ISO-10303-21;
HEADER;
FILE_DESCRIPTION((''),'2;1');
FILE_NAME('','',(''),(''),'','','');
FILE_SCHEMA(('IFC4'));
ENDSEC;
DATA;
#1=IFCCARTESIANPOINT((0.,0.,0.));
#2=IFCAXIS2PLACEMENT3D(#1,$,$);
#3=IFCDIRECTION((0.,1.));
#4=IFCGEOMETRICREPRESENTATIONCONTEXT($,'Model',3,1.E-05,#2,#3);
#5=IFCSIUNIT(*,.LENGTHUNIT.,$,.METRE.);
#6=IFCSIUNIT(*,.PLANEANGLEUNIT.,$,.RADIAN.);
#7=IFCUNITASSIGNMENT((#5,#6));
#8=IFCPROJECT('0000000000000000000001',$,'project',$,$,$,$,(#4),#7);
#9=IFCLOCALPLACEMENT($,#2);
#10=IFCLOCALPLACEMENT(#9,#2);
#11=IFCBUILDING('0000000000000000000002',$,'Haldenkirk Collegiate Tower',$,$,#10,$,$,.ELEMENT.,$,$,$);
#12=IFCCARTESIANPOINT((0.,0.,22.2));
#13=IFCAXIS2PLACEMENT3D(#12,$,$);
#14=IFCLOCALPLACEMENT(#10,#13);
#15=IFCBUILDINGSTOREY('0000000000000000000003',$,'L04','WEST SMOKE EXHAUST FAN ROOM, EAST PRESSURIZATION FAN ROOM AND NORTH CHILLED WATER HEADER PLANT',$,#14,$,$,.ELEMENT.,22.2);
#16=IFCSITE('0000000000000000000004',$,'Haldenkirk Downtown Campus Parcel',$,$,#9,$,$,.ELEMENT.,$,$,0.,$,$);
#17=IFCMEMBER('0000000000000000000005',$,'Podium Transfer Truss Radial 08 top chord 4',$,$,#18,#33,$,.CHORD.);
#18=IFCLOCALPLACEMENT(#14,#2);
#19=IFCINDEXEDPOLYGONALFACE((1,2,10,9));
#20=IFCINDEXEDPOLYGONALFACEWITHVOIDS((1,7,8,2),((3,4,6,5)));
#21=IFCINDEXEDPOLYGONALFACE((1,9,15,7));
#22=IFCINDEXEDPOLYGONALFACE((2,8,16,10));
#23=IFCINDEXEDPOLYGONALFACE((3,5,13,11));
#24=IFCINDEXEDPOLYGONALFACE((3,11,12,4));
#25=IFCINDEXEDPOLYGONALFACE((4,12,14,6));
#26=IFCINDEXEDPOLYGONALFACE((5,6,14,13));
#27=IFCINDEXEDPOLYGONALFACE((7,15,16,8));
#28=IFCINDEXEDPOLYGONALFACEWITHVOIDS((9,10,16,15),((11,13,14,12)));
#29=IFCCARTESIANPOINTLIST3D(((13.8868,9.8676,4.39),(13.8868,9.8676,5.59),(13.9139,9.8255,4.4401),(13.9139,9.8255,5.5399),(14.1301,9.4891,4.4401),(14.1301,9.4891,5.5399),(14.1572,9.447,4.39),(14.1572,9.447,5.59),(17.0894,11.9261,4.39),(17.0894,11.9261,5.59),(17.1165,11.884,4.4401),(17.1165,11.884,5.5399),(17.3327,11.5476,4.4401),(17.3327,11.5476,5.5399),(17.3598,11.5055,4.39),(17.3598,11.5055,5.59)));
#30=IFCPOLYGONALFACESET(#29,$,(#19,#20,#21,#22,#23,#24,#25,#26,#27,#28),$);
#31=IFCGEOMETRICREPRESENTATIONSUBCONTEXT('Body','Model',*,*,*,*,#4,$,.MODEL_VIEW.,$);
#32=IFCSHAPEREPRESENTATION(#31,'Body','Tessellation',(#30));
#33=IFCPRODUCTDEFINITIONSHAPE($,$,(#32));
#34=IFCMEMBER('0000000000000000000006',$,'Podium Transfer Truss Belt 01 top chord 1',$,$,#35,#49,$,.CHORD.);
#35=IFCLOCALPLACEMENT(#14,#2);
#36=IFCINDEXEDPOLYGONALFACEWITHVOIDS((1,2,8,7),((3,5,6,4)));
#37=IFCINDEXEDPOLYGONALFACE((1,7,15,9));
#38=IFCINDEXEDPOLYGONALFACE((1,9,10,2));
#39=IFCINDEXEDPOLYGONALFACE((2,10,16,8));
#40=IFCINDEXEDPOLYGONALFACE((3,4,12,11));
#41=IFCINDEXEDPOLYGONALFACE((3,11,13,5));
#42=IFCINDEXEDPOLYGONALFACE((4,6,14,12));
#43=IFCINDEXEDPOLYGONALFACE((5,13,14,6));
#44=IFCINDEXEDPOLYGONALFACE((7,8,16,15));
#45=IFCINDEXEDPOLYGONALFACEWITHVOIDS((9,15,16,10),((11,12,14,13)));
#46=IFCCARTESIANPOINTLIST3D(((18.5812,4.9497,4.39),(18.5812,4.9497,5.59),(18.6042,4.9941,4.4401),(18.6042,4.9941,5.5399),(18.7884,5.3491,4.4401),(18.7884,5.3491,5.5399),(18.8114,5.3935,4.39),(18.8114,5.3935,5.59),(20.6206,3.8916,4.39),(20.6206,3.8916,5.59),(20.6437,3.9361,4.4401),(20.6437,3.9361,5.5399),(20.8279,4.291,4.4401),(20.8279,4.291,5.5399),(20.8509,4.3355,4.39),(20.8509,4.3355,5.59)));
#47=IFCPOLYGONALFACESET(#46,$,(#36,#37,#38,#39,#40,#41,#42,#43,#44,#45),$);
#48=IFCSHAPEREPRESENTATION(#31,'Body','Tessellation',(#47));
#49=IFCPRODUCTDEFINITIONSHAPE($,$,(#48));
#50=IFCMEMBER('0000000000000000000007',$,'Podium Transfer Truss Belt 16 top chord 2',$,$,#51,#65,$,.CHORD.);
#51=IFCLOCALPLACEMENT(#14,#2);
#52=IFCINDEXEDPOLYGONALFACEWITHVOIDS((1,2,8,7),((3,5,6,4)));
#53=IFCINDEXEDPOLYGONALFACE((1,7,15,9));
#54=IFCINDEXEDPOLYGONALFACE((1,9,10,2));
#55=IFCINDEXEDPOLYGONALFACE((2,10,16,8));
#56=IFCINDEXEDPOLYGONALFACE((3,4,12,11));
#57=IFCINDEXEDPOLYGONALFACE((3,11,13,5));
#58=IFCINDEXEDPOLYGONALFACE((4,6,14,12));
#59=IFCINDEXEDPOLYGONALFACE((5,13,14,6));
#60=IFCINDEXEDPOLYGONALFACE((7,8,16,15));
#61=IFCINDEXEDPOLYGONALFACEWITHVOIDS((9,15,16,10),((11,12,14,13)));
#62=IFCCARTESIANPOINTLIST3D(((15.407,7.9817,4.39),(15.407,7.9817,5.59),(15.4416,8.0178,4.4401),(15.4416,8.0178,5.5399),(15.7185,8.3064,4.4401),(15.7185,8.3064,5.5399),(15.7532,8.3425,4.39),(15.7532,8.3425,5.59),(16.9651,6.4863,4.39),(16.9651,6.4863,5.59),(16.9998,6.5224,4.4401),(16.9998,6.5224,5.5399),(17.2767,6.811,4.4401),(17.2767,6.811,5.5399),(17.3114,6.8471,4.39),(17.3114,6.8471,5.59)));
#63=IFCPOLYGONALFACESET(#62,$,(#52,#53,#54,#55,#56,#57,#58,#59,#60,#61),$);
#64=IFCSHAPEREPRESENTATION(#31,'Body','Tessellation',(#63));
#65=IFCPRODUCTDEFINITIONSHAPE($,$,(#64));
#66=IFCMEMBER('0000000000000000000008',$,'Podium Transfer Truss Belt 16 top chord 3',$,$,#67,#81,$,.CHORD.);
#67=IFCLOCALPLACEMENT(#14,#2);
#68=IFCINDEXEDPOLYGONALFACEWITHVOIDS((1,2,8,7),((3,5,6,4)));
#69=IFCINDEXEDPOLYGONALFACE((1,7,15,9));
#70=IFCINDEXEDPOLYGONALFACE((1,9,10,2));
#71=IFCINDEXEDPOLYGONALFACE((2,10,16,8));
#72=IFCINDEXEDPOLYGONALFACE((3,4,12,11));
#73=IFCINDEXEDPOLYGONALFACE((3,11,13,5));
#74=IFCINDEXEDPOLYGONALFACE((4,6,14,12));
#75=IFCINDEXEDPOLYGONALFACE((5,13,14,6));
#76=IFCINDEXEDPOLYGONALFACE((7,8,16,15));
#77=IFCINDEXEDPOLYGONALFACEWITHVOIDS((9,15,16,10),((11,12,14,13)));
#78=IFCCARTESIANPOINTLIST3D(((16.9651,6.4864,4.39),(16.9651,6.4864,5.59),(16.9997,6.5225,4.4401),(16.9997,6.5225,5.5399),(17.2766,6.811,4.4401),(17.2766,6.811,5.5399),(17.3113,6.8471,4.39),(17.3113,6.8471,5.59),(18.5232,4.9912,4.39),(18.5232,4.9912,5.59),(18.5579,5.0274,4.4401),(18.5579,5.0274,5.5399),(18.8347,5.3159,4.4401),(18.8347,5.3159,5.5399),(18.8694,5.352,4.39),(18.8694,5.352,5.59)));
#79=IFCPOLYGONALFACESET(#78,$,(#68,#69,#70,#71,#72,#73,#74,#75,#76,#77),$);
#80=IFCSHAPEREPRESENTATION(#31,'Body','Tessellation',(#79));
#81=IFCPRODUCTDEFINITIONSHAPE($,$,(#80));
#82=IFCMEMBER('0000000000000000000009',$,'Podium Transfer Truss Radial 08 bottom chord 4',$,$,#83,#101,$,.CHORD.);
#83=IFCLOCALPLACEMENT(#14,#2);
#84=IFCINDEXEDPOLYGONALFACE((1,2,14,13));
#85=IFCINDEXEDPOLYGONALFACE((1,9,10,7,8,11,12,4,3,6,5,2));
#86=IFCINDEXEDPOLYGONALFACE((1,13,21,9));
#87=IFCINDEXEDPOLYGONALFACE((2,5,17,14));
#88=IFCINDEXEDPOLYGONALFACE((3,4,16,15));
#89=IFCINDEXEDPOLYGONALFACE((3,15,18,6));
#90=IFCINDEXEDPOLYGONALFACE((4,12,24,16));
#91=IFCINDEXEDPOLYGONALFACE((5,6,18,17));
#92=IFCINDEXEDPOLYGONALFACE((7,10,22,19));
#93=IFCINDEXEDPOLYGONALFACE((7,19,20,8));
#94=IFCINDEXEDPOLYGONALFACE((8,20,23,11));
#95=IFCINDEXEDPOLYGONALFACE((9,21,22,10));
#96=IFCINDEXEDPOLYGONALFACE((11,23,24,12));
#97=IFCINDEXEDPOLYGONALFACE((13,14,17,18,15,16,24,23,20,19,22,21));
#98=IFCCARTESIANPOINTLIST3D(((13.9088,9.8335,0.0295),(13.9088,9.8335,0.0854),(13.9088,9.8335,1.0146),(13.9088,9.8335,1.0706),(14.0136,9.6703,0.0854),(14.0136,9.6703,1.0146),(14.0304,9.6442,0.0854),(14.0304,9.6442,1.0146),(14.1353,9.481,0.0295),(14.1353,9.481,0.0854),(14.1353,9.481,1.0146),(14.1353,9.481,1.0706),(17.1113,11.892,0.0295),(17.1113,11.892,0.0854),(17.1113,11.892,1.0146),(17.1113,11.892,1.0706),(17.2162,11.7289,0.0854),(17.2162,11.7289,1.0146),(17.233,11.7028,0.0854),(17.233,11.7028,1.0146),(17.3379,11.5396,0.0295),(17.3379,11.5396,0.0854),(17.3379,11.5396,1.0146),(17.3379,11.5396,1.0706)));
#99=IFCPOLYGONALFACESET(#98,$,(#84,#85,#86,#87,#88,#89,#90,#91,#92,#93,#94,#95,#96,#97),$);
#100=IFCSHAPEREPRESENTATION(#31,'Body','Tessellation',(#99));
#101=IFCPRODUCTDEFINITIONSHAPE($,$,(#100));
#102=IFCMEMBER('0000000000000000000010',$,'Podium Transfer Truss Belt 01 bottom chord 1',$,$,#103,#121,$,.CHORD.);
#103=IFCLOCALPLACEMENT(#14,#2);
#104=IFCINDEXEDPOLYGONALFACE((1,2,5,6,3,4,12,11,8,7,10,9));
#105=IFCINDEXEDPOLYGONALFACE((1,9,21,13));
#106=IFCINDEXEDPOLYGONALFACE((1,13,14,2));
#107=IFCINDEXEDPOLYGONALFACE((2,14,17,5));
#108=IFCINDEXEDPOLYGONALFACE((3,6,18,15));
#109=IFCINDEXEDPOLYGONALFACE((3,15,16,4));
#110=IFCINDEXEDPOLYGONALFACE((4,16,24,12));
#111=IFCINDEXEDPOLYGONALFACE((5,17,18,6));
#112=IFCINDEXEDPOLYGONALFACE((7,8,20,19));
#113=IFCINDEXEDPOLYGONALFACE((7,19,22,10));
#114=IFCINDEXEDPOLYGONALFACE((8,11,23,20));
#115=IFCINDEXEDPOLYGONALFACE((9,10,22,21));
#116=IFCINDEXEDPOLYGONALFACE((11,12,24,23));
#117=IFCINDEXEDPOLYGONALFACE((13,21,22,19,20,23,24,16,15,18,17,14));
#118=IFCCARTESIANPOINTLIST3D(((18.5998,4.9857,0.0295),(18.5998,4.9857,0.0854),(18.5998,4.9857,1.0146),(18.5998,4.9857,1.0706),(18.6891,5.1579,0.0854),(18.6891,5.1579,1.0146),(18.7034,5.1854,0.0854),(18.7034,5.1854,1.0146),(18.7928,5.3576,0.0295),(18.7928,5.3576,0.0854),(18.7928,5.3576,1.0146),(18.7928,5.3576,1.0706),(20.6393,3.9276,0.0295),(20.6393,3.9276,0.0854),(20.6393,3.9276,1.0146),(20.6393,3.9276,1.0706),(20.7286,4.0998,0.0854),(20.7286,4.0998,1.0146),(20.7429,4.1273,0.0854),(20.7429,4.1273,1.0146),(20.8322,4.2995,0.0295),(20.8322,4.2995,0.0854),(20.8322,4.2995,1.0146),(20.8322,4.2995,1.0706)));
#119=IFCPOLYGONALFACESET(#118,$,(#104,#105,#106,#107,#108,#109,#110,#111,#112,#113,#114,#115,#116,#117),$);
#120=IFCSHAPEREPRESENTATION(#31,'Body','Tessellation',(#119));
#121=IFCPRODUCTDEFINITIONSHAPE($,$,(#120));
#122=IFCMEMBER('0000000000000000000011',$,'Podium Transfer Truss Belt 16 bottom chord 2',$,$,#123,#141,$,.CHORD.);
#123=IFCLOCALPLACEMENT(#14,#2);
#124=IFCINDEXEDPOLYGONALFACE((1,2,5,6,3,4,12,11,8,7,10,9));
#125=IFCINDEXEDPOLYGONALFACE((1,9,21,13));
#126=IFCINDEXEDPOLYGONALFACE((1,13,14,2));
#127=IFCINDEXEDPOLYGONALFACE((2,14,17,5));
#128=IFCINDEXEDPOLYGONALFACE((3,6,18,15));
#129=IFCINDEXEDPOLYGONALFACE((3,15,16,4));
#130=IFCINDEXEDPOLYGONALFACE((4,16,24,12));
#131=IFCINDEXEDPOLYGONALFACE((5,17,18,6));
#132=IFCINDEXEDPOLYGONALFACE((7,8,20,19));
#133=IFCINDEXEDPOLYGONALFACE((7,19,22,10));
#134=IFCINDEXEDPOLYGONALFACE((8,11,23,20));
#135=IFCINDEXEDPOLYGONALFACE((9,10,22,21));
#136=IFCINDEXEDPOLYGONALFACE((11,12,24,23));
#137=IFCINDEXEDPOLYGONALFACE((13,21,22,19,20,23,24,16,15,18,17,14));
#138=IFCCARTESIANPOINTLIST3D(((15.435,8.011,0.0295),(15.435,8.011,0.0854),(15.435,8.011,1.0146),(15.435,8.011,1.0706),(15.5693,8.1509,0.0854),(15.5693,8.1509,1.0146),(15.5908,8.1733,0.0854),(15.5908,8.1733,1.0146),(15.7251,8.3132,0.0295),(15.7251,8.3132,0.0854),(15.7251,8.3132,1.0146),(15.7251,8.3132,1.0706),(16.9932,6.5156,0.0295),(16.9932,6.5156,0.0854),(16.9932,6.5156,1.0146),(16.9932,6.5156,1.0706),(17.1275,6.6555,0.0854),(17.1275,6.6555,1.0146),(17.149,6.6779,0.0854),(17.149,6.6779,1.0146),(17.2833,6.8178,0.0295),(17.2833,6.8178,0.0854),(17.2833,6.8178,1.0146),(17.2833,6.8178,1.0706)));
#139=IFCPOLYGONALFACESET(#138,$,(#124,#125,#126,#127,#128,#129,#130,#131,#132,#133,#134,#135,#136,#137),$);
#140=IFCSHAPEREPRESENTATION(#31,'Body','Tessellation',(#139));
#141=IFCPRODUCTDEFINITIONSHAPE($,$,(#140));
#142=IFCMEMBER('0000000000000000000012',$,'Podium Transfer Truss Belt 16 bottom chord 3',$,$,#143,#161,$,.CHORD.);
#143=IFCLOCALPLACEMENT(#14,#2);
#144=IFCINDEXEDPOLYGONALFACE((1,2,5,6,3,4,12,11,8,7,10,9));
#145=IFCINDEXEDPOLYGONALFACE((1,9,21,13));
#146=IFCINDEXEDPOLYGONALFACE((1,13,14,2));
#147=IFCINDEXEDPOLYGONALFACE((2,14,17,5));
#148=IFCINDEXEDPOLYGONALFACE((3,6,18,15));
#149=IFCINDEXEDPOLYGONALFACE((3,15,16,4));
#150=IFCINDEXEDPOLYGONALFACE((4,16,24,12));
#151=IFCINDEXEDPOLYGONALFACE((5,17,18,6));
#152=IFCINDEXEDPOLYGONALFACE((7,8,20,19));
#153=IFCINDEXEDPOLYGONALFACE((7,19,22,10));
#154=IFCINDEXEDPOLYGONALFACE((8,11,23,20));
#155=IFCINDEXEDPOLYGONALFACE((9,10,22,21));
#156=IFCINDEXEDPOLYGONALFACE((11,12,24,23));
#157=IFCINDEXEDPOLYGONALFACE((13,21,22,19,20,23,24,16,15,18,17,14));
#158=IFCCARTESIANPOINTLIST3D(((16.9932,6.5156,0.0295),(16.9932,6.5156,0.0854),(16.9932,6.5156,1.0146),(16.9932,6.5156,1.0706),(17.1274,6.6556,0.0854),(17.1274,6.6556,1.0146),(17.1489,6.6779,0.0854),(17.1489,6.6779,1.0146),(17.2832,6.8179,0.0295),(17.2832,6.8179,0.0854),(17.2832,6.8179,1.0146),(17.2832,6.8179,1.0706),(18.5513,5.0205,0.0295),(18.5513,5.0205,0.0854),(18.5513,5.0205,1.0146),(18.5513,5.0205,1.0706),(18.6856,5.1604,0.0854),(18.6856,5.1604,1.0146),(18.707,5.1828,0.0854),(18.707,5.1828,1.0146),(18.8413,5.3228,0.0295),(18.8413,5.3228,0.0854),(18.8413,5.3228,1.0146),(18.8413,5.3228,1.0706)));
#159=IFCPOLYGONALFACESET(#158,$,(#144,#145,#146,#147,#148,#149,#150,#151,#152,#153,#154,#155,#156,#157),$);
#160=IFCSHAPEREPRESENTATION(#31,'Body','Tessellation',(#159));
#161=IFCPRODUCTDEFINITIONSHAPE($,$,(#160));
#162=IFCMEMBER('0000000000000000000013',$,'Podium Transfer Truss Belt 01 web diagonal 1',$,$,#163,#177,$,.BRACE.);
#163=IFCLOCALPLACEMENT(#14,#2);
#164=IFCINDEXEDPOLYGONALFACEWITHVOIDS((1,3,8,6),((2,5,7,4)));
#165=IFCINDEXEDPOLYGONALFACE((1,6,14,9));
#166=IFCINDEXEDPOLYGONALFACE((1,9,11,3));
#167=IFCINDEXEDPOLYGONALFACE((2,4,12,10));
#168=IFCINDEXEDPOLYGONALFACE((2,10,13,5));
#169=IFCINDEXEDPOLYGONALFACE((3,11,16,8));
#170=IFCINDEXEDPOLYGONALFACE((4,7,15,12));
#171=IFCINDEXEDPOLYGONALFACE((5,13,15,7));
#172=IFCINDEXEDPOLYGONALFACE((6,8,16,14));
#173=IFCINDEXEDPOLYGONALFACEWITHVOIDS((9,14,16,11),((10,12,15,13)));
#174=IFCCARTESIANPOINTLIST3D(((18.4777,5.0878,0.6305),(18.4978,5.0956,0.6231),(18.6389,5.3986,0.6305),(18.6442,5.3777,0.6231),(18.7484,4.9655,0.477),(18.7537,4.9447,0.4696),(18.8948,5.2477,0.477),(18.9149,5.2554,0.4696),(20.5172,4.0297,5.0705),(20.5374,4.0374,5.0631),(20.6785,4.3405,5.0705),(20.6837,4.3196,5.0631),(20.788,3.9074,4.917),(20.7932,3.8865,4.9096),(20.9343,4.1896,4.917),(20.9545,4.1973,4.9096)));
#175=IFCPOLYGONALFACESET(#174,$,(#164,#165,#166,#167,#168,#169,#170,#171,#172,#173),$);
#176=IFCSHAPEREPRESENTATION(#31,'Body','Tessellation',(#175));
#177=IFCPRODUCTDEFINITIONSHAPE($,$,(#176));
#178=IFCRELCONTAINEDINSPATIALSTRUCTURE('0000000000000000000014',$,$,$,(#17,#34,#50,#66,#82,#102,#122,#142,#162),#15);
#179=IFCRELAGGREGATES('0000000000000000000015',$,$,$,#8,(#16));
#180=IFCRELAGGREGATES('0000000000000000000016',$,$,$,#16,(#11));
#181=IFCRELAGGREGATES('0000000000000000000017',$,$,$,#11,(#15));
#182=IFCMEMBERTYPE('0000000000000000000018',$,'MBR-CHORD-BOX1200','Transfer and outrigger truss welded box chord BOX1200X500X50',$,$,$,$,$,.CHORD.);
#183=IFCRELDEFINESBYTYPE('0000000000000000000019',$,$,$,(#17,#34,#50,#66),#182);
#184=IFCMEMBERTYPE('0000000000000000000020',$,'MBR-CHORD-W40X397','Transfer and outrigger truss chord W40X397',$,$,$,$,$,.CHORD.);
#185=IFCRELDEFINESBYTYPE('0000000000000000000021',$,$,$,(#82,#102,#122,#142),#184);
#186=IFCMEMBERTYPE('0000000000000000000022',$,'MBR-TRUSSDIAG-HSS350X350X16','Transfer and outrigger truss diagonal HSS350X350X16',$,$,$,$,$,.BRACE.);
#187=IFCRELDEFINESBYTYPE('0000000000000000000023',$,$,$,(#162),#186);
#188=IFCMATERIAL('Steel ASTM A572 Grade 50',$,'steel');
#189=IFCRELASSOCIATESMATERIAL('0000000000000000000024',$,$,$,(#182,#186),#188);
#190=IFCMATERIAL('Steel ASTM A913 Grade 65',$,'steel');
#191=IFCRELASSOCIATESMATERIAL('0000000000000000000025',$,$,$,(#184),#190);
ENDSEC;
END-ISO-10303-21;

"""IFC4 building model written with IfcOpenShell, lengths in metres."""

from ifc_helpers import new_model, si_unit, direction, frame, origin, origin_2d, place, context, subcontext, project, spatial, hollow_rectangle, i_section, extrude, material, material_profile, profile_set, type_object, element, save


model = new_model("IFC4")

# Units and contexts
model_context = context("Model", 3, precision=1e-05, world=origin(), true_north=direction((0.0, 1.0)))
body_context = subcontext(model_context, "Body", "Model", "MODEL_VIEW")
ifc_project = project(units=[si_unit("LENGTHUNIT", "METRE"), si_unit("PLANEANGLEUNIT", "RADIAN")], contexts=[model_context])

# Site, building, storey
site_placement = place(None, origin())
site = spatial("IfcSite", under=ifc_project, at=site_placement, Name="Haldenkirk Downtown Campus Parcel", CompositionType="ELEMENT", RefElevation=0.0)
building_placement = place(site_placement, origin())
building = spatial("IfcBuilding", under=site, at=building_placement, Name="Haldenkirk Collegiate Tower", CompositionType="ELEMENT")
storey_placement = place(building_placement, frame((0.0, 0.0, 22.2)))
storey = spatial("IfcBuildingStorey", under=building, at=storey_placement, Name="L04", Description="WEST SMOKE EXHAUST FAN ROOM, EAST PRESSURIZATION FAN ROOM AND NORTH CHILLED WATER HEADER PLANT", CompositionType="ELEMENT", Elevation=22.2)

# Members
ifc_material_1 = material(Name="Steel ASTM A572 Grade 50", Category="steel")
ifc_material_profile_1 = material_profile(ifc_material_1, hollow_rectangle(XDim=0.5, YDim=1.2, WallThickness=0.05, at=origin_2d()), Name="BOX1200X500X50")
ifc_profile_set_1 = profile_set([ifc_material_profile_1], Name="Steel ASTM A572 Grade 50")
member_type_1 = type_object("IfcMemberType", Name="MBR-CHORD-BOX1200", Description="Transfer and outrigger truss welded box chord BOX1200X500X50", PredefinedType="CHORD", material=ifc_profile_set_1)
member_1_placement = place(storey_placement, frame((17.2246, 11.7158, 4.99), z_axis=(-0.841208, -0.540712, 0.0), x_axis=(0.540712, -0.841208, 0.0)))
element("IfcMember", 1, at=member_1_placement, inside=storey, type_object=member_type_1, Name="Podium Transfer Truss Radial 08 top chord 4", PredefinedType="CHORD", context=body_context, shape_type="SweptSolid", body=[
    extrude(hollow_rectangle(XDim=0.5, YDim=1.2, WallThickness=0.05, at=origin_2d()), origin(), (0.0, 0.0, 1.0), 3.8071),
])
member_2_placement = place(storey_placement, frame((18.6963, 5.1716, 4.99), z_axis=(0.887655, -0.460509, 0.0), x_axis=(0.460509, 0.887655, 0.0)))
element("IfcMember", 2, at=member_2_placement, inside=storey, type_object=member_type_1, Name="Podium Transfer Truss Belt 01 top chord 1", PredefinedType="CHORD", context=body_context, shape_type="SweptSolid", body=[
    extrude(hollow_rectangle(XDim=0.5, YDim=1.2, WallThickness=0.05, at=origin_2d()), origin(), (0.0, 0.0, 1.0), 2.2976),
])
member_3_placement = place(storey_placement, frame((15.5801, 8.1621, 4.99), z_axis=(0.721484, -0.692431, 0.0), x_axis=(0.692431, 0.721484, 0.0)))
element("IfcMember", 3, at=member_3_placement, inside=storey, type_object=member_type_1, Name="Podium Transfer Truss Belt 16 top chord 2", PredefinedType="CHORD", context=body_context, shape_type="SweptSolid", body=[
    extrude(hollow_rectangle(XDim=0.5, YDim=1.2, WallThickness=0.05, at=origin_2d()), origin(), (0.0, 0.0, 1.0), 2.1597),
])
member_4_placement = place(storey_placement, frame((17.1382, 6.6667, 4.99), z_axis=(0.721541, -0.692372, 0.0), x_axis=(0.692372, 0.721541, 0.0)))
element("IfcMember", 4, at=member_4_placement, inside=storey, type_object=member_type_1, Name="Podium Transfer Truss Belt 16 top chord 3", PredefinedType="CHORD", context=body_context, shape_type="SweptSolid", body=[
    extrude(hollow_rectangle(XDim=0.5, YDim=1.2, WallThickness=0.05, at=origin_2d()), origin(), (0.0, 0.0, 1.0), 2.1594),
])
ifc_material_2 = material(Name="Steel ASTM A913 Grade 65", Category="steel")
ifc_material_profile_2 = material_profile(ifc_material_2, i_section(OverallWidth=0.4189, OverallDepth=1.041, WebThickness=0.031, FlangeThickness=0.0559, at=origin_2d()), Name="W40X397")
ifc_profile_set_2 = profile_set([ifc_material_profile_2], Name="Steel ASTM A913 Grade 65")
member_type_2 = type_object("IfcMemberType", Name="MBR-CHORD-W40X397", Description="Transfer and outrigger truss chord W40X397", PredefinedType="CHORD", material=ifc_profile_set_2)
member_5_placement = place(storey_placement, frame((17.2246, 11.7158, 0.55), z_axis=(-0.841208, -0.540712, 0.0), x_axis=(0.540712, -0.841208, 0.0)))
element("IfcMember", 5, at=member_5_placement, inside=storey, type_object=member_type_2, Name="Podium Transfer Truss Radial 08 bottom chord 4", PredefinedType="CHORD", context=body_context, shape_type="SweptSolid", body=[
    extrude(i_section(OverallWidth=0.4189, OverallDepth=1.041, WebThickness=0.031, FlangeThickness=0.0559, at=origin_2d()), origin(), (0.0, 0.0, 1.0), 3.8071),
])
member_6_placement = place(storey_placement, frame((18.6963, 5.1716, 0.55), z_axis=(0.887655, -0.460509, 0.0), x_axis=(0.460509, 0.887655, 0.0)))
element("IfcMember", 6, at=member_6_placement, inside=storey, type_object=member_type_2, Name="Podium Transfer Truss Belt 01 bottom chord 1", PredefinedType="CHORD", context=body_context, shape_type="SweptSolid", body=[
    extrude(i_section(OverallWidth=0.4189, OverallDepth=1.041, WebThickness=0.031, FlangeThickness=0.0559, at=origin_2d()), origin(), (0.0, 0.0, 1.0), 2.2976),
])
member_7_placement = place(storey_placement, frame((15.5801, 8.1621, 0.55), z_axis=(0.721484, -0.692431, 0.0), x_axis=(0.692431, 0.721484, 0.0)))
element("IfcMember", 7, at=member_7_placement, inside=storey, type_object=member_type_2, Name="Podium Transfer Truss Belt 16 bottom chord 2", PredefinedType="CHORD", context=body_context, shape_type="SweptSolid", body=[
    extrude(i_section(OverallWidth=0.4189, OverallDepth=1.041, WebThickness=0.031, FlangeThickness=0.0559, at=origin_2d()), origin(), (0.0, 0.0, 1.0), 2.1597),
])
member_8_placement = place(storey_placement, frame((17.1382, 6.6667, 0.55), z_axis=(0.721541, -0.692372, 0.0), x_axis=(0.692372, 0.721541, 0.0)))
element("IfcMember", 8, at=member_8_placement, inside=storey, type_object=member_type_2, Name="Podium Transfer Truss Belt 16 bottom chord 3", PredefinedType="CHORD", context=body_context, shape_type="SweptSolid", body=[
    extrude(i_section(OverallWidth=0.4189, OverallDepth=1.041, WebThickness=0.031, FlangeThickness=0.0559, at=origin_2d()), origin(), (0.0, 0.0, 1.0), 2.1594),
])
ifc_material_profile_3 = material_profile(ifc_material_1, hollow_rectangle(XDim=0.3501, YDim=0.3501, WallThickness=0.0161, at=origin_2d()), Name="HSS350X350X16")
ifc_profile_set_3 = profile_set([ifc_material_profile_3], Name="Steel ASTM A572 Grade 50")
member_type_3 = type_object("IfcMemberType", Name="MBR-TRUSSDIAG-HSS350X350X16", Description="Transfer and outrigger truss diagonal HSS350X350X16", PredefinedType="BRACE", material=ifc_profile_set_3)
member_9_placement = place(storey_placement, frame((18.6963, 5.1716, 0.55), z_axis=(0.407972, -0.211653, 0.888123), x_axis=(0.460509, 0.887655, 0.0)))
element("IfcMember", 9, at=member_9_placement, inside=storey, type_object=member_type_3, Name="Podium Transfer Truss Belt 01 web diagonal 1", PredefinedType="BRACE", context=body_context, shape_type="SweptSolid", body=[
    extrude(hollow_rectangle(XDim=0.3501, YDim=0.3501, WallThickness=0.0161, at=origin_2d()), origin(), (0.0, 0.0, 1.0), 4.9993),
])

save(model, "model.ifc")
